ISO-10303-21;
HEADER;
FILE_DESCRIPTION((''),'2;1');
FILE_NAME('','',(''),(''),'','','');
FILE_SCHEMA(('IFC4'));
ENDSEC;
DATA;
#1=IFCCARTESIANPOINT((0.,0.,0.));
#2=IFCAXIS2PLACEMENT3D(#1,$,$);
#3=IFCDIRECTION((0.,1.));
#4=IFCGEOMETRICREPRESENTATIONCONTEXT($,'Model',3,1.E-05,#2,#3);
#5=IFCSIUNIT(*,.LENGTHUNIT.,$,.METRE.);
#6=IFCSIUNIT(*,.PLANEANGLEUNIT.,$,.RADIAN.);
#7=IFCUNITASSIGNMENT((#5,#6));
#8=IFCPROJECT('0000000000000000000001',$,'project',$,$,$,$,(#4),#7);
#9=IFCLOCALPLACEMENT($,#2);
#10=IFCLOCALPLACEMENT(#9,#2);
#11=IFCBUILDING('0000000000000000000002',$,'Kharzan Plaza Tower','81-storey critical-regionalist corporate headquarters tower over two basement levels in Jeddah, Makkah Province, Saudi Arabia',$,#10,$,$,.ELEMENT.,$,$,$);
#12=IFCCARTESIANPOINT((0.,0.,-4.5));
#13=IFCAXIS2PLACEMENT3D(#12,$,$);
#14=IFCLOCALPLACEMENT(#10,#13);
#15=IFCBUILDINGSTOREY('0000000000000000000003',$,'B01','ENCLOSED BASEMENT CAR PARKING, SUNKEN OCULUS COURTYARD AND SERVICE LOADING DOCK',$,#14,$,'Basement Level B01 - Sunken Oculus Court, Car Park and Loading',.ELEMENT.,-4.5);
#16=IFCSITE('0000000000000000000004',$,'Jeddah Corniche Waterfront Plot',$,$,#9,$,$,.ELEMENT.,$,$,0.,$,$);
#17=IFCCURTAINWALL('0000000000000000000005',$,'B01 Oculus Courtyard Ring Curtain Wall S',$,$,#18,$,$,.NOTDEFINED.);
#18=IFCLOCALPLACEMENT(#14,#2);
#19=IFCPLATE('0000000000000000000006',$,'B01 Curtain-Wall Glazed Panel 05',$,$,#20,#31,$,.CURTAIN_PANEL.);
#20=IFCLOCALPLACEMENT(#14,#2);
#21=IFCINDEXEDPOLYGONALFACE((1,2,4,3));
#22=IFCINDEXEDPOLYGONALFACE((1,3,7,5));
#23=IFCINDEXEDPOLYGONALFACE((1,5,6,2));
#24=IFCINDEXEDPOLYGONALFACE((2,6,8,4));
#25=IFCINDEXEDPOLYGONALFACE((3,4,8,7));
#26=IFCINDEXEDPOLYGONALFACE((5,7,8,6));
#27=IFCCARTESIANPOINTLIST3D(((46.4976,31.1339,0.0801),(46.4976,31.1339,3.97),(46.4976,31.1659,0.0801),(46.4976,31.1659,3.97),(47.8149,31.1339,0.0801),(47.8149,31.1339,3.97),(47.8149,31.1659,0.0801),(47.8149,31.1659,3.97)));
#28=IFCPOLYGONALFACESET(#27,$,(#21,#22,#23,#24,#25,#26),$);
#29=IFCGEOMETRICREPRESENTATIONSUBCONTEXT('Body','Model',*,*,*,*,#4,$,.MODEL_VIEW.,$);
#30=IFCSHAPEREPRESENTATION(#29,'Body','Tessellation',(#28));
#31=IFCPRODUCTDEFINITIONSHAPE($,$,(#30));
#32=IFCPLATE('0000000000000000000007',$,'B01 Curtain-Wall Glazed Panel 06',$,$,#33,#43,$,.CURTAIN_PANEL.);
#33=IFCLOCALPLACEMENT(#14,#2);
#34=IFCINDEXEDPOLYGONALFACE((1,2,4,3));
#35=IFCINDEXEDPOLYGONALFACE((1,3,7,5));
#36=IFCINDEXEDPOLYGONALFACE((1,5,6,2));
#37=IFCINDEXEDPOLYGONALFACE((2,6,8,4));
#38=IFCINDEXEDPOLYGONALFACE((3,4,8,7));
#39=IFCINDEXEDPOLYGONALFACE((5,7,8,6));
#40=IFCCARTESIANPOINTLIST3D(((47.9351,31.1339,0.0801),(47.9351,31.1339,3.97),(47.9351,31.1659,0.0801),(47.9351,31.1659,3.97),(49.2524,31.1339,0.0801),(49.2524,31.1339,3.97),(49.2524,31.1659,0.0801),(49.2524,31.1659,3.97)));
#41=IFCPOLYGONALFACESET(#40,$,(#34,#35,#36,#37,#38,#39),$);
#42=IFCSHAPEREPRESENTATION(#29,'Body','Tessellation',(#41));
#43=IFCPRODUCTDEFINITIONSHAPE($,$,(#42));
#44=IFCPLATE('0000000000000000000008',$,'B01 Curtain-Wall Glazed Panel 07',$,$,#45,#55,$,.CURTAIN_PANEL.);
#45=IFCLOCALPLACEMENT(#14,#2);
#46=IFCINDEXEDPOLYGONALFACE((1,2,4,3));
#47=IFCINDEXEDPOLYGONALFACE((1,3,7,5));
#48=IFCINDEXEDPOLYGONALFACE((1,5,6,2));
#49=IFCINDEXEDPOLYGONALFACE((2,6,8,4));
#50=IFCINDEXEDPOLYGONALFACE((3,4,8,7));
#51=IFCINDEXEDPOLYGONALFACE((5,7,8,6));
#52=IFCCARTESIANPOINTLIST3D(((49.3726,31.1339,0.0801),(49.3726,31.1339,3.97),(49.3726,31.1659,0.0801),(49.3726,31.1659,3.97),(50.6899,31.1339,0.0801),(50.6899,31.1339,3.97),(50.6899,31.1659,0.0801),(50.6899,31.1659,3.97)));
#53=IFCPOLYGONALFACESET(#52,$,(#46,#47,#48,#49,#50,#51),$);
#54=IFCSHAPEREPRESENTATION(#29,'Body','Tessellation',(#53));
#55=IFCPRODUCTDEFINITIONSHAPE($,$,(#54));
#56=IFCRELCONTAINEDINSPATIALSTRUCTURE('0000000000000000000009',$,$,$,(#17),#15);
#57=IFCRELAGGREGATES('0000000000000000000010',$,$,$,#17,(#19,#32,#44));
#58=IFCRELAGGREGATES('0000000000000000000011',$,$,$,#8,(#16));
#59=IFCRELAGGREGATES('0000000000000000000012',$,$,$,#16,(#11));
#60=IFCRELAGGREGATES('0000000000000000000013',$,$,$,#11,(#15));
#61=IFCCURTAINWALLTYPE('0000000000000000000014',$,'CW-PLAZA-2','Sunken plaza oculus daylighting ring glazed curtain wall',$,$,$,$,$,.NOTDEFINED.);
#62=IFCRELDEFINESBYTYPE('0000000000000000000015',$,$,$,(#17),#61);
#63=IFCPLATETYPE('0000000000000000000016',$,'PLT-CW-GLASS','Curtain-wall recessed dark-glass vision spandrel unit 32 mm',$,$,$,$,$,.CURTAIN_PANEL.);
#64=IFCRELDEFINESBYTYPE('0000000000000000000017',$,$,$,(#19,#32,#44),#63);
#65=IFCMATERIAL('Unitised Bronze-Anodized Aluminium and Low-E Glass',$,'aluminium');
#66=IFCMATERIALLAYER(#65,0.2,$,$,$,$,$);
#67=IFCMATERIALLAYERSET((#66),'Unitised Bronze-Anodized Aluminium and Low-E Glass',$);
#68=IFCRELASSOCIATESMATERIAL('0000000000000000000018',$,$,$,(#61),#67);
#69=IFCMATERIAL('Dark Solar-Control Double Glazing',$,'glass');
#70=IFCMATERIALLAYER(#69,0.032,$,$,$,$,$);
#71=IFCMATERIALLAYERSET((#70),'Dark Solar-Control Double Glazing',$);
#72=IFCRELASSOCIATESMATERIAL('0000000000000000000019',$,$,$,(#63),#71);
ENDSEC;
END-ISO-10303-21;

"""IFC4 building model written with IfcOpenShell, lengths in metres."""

from ifc_helpers import new_model, si_unit, direction, frame, origin, origin_2d, place, context, subcontext, project, spatial, rectangle, extrude, source, transform, mapped, material, layer, layer_set, type_object, element, aggregate, save


model = new_model("IFC4")

# Units and contexts
model_context = context("Model", 3, precision=1e-05, world=origin(), true_north=direction((0.0, 1.0)))
body_context = subcontext(model_context, "Body", "Model", "MODEL_VIEW")
ifc_project = project(units=[si_unit("LENGTHUNIT", "METRE"), si_unit("PLANEANGLEUNIT", "RADIAN")], contexts=[model_context])

# Site, building, storey
site_placement = place(None, origin())
site = spatial("IfcSite", under=ifc_project, at=site_placement, Name="Jeddah Corniche Waterfront Plot", CompositionType="ELEMENT", RefElevation=0.0)
building_placement = place(site_placement, origin())
building = spatial("IfcBuilding", under=site, at=building_placement, Name="Kharzan Plaza Tower", Description="81-storey critical-regionalist corporate headquarters tower over two basement levels in Jeddah, Makkah Province, Saudi Arabia", CompositionType="ELEMENT")
storey_placement = place(building_placement, frame((0.0, 0.0, -4.5)))
storey = spatial("IfcBuildingStorey", under=building, at=storey_placement, Name="B01", Description="ENCLOSED BASEMENT CAR PARKING, SUNKEN OCULUS COURTYARD AND SERVICE LOADING DOCK", LongName="Basement Level B01 - Sunken Oculus Court, Car Park and Loading", CompositionType="ELEMENT", Elevation=-4.5)

# Shared definitions
ifc_material_1 = material(Name="Unitised Bronze-Anodized Aluminium and Low-E Glass", Category="aluminium")
ifc_layer_1 = layer(ifc_material_1, 0.2)
ifc_layer_set_1 = layer_set([ifc_layer_1], Name="Unitised Bronze-Anodized Aluminium and Low-E Glass")
curtain_wall_type = type_object("IfcCurtainWallType", Name="CW-PLAZA-2", Description="Sunken plaza oculus daylighting ring glazed curtain wall", PredefinedType="NOTDEFINED", material=ifc_layer_set_1)

# Curtain wall
curtain_wall_1_placement = place(storey_placement, origin())
curtain_wall_1 = element("IfcCurtainWall", 1, at=curtain_wall_1_placement, inside=storey, type_object=curtain_wall_type, Name="B01 Oculus Courtyard Ring Curtain Wall S", PredefinedType="NOTDEFINED")

# Plates
ifc_material_2 = material(Name="Dark Solar-Control Double Glazing", Category="glass")
ifc_layer_2 = layer(ifc_material_2, 0.032)
ifc_layer_set_2 = layer_set([ifc_layer_2], Name="Dark Solar-Control Double Glazing")
plate_type = type_object("IfcPlateType", Name="PLT-CW-GLASS", Description="Curtain-wall recessed dark-glass vision spandrel unit 32 mm", PredefinedType="CURTAIN_PANEL", material=ifc_layer_set_2)
shared_shape_1 = source(origin(), body_context, "Body", "SweptSolid", [
    extrude(rectangle(XDim=1.3174, YDim=0.032, at=origin_2d()), origin(), (0.0, 0.0, 1.0), 3.8899),
])
plate_1_placement = place(storey_placement, frame((47.1562, 31.1499, 0.0801), z_axis=(0.0, 0.0, 1.0), x_axis=(1.0, 0.0, 0.0)))
plate_1 = element("IfcPlate", 2, at=plate_1_placement, type_object=plate_type, Name="B01 Curtain-Wall Glazed Panel 05", PredefinedType="CURTAIN_PANEL", context=body_context, shape_type="MappedRepresentation", body=[
    mapped(shared_shape_1, transform((0.0, 0.0, 0.0), x_axis=(1.0, 0.0, 0.0), y_axis=(0.0, 1.0, 0.0), z_axis=(0.0, 0.0, 1.0))),
])
plate_2_placement = place(storey_placement, frame((48.5938, 31.1499, 0.0801), z_axis=(0.0, 0.0, 1.0), x_axis=(1.0, 0.0, 0.0)))
plate_2 = element("IfcPlate", 3, at=plate_2_placement, type_object=plate_type, Name="B01 Curtain-Wall Glazed Panel 06", PredefinedType="CURTAIN_PANEL", context=body_context, shape_type="MappedRepresentation", body=[
    mapped(shared_shape_1, transform((0.0, 0.0, 0.0), x_axis=(1.0, 0.0, 0.0), y_axis=(0.0, 1.0, 0.0), z_axis=(0.0, 0.0, 1.0))),
])
plate_3_placement = place(storey_placement, frame((50.0312, 31.1499, 0.0801), z_axis=(0.0, 0.0, 1.0), x_axis=(1.0, 0.0, 0.0)))
plate_3 = element("IfcPlate", 4, at=plate_3_placement, type_object=plate_type, Name="B01 Curtain-Wall Glazed Panel 07", PredefinedType="CURTAIN_PANEL", context=body_context, shape_type="MappedRepresentation", body=[
    mapped(shared_shape_1, transform((0.0, 0.0, 0.0), x_axis=(1.0, 0.0, 0.0), y_axis=(0.0, 1.0, 0.0), z_axis=(0.0, 0.0, 1.0))),
])
aggregate(curtain_wall_1, [plate_1, plate_2, plate_3])

save(model, "model.ifc")
